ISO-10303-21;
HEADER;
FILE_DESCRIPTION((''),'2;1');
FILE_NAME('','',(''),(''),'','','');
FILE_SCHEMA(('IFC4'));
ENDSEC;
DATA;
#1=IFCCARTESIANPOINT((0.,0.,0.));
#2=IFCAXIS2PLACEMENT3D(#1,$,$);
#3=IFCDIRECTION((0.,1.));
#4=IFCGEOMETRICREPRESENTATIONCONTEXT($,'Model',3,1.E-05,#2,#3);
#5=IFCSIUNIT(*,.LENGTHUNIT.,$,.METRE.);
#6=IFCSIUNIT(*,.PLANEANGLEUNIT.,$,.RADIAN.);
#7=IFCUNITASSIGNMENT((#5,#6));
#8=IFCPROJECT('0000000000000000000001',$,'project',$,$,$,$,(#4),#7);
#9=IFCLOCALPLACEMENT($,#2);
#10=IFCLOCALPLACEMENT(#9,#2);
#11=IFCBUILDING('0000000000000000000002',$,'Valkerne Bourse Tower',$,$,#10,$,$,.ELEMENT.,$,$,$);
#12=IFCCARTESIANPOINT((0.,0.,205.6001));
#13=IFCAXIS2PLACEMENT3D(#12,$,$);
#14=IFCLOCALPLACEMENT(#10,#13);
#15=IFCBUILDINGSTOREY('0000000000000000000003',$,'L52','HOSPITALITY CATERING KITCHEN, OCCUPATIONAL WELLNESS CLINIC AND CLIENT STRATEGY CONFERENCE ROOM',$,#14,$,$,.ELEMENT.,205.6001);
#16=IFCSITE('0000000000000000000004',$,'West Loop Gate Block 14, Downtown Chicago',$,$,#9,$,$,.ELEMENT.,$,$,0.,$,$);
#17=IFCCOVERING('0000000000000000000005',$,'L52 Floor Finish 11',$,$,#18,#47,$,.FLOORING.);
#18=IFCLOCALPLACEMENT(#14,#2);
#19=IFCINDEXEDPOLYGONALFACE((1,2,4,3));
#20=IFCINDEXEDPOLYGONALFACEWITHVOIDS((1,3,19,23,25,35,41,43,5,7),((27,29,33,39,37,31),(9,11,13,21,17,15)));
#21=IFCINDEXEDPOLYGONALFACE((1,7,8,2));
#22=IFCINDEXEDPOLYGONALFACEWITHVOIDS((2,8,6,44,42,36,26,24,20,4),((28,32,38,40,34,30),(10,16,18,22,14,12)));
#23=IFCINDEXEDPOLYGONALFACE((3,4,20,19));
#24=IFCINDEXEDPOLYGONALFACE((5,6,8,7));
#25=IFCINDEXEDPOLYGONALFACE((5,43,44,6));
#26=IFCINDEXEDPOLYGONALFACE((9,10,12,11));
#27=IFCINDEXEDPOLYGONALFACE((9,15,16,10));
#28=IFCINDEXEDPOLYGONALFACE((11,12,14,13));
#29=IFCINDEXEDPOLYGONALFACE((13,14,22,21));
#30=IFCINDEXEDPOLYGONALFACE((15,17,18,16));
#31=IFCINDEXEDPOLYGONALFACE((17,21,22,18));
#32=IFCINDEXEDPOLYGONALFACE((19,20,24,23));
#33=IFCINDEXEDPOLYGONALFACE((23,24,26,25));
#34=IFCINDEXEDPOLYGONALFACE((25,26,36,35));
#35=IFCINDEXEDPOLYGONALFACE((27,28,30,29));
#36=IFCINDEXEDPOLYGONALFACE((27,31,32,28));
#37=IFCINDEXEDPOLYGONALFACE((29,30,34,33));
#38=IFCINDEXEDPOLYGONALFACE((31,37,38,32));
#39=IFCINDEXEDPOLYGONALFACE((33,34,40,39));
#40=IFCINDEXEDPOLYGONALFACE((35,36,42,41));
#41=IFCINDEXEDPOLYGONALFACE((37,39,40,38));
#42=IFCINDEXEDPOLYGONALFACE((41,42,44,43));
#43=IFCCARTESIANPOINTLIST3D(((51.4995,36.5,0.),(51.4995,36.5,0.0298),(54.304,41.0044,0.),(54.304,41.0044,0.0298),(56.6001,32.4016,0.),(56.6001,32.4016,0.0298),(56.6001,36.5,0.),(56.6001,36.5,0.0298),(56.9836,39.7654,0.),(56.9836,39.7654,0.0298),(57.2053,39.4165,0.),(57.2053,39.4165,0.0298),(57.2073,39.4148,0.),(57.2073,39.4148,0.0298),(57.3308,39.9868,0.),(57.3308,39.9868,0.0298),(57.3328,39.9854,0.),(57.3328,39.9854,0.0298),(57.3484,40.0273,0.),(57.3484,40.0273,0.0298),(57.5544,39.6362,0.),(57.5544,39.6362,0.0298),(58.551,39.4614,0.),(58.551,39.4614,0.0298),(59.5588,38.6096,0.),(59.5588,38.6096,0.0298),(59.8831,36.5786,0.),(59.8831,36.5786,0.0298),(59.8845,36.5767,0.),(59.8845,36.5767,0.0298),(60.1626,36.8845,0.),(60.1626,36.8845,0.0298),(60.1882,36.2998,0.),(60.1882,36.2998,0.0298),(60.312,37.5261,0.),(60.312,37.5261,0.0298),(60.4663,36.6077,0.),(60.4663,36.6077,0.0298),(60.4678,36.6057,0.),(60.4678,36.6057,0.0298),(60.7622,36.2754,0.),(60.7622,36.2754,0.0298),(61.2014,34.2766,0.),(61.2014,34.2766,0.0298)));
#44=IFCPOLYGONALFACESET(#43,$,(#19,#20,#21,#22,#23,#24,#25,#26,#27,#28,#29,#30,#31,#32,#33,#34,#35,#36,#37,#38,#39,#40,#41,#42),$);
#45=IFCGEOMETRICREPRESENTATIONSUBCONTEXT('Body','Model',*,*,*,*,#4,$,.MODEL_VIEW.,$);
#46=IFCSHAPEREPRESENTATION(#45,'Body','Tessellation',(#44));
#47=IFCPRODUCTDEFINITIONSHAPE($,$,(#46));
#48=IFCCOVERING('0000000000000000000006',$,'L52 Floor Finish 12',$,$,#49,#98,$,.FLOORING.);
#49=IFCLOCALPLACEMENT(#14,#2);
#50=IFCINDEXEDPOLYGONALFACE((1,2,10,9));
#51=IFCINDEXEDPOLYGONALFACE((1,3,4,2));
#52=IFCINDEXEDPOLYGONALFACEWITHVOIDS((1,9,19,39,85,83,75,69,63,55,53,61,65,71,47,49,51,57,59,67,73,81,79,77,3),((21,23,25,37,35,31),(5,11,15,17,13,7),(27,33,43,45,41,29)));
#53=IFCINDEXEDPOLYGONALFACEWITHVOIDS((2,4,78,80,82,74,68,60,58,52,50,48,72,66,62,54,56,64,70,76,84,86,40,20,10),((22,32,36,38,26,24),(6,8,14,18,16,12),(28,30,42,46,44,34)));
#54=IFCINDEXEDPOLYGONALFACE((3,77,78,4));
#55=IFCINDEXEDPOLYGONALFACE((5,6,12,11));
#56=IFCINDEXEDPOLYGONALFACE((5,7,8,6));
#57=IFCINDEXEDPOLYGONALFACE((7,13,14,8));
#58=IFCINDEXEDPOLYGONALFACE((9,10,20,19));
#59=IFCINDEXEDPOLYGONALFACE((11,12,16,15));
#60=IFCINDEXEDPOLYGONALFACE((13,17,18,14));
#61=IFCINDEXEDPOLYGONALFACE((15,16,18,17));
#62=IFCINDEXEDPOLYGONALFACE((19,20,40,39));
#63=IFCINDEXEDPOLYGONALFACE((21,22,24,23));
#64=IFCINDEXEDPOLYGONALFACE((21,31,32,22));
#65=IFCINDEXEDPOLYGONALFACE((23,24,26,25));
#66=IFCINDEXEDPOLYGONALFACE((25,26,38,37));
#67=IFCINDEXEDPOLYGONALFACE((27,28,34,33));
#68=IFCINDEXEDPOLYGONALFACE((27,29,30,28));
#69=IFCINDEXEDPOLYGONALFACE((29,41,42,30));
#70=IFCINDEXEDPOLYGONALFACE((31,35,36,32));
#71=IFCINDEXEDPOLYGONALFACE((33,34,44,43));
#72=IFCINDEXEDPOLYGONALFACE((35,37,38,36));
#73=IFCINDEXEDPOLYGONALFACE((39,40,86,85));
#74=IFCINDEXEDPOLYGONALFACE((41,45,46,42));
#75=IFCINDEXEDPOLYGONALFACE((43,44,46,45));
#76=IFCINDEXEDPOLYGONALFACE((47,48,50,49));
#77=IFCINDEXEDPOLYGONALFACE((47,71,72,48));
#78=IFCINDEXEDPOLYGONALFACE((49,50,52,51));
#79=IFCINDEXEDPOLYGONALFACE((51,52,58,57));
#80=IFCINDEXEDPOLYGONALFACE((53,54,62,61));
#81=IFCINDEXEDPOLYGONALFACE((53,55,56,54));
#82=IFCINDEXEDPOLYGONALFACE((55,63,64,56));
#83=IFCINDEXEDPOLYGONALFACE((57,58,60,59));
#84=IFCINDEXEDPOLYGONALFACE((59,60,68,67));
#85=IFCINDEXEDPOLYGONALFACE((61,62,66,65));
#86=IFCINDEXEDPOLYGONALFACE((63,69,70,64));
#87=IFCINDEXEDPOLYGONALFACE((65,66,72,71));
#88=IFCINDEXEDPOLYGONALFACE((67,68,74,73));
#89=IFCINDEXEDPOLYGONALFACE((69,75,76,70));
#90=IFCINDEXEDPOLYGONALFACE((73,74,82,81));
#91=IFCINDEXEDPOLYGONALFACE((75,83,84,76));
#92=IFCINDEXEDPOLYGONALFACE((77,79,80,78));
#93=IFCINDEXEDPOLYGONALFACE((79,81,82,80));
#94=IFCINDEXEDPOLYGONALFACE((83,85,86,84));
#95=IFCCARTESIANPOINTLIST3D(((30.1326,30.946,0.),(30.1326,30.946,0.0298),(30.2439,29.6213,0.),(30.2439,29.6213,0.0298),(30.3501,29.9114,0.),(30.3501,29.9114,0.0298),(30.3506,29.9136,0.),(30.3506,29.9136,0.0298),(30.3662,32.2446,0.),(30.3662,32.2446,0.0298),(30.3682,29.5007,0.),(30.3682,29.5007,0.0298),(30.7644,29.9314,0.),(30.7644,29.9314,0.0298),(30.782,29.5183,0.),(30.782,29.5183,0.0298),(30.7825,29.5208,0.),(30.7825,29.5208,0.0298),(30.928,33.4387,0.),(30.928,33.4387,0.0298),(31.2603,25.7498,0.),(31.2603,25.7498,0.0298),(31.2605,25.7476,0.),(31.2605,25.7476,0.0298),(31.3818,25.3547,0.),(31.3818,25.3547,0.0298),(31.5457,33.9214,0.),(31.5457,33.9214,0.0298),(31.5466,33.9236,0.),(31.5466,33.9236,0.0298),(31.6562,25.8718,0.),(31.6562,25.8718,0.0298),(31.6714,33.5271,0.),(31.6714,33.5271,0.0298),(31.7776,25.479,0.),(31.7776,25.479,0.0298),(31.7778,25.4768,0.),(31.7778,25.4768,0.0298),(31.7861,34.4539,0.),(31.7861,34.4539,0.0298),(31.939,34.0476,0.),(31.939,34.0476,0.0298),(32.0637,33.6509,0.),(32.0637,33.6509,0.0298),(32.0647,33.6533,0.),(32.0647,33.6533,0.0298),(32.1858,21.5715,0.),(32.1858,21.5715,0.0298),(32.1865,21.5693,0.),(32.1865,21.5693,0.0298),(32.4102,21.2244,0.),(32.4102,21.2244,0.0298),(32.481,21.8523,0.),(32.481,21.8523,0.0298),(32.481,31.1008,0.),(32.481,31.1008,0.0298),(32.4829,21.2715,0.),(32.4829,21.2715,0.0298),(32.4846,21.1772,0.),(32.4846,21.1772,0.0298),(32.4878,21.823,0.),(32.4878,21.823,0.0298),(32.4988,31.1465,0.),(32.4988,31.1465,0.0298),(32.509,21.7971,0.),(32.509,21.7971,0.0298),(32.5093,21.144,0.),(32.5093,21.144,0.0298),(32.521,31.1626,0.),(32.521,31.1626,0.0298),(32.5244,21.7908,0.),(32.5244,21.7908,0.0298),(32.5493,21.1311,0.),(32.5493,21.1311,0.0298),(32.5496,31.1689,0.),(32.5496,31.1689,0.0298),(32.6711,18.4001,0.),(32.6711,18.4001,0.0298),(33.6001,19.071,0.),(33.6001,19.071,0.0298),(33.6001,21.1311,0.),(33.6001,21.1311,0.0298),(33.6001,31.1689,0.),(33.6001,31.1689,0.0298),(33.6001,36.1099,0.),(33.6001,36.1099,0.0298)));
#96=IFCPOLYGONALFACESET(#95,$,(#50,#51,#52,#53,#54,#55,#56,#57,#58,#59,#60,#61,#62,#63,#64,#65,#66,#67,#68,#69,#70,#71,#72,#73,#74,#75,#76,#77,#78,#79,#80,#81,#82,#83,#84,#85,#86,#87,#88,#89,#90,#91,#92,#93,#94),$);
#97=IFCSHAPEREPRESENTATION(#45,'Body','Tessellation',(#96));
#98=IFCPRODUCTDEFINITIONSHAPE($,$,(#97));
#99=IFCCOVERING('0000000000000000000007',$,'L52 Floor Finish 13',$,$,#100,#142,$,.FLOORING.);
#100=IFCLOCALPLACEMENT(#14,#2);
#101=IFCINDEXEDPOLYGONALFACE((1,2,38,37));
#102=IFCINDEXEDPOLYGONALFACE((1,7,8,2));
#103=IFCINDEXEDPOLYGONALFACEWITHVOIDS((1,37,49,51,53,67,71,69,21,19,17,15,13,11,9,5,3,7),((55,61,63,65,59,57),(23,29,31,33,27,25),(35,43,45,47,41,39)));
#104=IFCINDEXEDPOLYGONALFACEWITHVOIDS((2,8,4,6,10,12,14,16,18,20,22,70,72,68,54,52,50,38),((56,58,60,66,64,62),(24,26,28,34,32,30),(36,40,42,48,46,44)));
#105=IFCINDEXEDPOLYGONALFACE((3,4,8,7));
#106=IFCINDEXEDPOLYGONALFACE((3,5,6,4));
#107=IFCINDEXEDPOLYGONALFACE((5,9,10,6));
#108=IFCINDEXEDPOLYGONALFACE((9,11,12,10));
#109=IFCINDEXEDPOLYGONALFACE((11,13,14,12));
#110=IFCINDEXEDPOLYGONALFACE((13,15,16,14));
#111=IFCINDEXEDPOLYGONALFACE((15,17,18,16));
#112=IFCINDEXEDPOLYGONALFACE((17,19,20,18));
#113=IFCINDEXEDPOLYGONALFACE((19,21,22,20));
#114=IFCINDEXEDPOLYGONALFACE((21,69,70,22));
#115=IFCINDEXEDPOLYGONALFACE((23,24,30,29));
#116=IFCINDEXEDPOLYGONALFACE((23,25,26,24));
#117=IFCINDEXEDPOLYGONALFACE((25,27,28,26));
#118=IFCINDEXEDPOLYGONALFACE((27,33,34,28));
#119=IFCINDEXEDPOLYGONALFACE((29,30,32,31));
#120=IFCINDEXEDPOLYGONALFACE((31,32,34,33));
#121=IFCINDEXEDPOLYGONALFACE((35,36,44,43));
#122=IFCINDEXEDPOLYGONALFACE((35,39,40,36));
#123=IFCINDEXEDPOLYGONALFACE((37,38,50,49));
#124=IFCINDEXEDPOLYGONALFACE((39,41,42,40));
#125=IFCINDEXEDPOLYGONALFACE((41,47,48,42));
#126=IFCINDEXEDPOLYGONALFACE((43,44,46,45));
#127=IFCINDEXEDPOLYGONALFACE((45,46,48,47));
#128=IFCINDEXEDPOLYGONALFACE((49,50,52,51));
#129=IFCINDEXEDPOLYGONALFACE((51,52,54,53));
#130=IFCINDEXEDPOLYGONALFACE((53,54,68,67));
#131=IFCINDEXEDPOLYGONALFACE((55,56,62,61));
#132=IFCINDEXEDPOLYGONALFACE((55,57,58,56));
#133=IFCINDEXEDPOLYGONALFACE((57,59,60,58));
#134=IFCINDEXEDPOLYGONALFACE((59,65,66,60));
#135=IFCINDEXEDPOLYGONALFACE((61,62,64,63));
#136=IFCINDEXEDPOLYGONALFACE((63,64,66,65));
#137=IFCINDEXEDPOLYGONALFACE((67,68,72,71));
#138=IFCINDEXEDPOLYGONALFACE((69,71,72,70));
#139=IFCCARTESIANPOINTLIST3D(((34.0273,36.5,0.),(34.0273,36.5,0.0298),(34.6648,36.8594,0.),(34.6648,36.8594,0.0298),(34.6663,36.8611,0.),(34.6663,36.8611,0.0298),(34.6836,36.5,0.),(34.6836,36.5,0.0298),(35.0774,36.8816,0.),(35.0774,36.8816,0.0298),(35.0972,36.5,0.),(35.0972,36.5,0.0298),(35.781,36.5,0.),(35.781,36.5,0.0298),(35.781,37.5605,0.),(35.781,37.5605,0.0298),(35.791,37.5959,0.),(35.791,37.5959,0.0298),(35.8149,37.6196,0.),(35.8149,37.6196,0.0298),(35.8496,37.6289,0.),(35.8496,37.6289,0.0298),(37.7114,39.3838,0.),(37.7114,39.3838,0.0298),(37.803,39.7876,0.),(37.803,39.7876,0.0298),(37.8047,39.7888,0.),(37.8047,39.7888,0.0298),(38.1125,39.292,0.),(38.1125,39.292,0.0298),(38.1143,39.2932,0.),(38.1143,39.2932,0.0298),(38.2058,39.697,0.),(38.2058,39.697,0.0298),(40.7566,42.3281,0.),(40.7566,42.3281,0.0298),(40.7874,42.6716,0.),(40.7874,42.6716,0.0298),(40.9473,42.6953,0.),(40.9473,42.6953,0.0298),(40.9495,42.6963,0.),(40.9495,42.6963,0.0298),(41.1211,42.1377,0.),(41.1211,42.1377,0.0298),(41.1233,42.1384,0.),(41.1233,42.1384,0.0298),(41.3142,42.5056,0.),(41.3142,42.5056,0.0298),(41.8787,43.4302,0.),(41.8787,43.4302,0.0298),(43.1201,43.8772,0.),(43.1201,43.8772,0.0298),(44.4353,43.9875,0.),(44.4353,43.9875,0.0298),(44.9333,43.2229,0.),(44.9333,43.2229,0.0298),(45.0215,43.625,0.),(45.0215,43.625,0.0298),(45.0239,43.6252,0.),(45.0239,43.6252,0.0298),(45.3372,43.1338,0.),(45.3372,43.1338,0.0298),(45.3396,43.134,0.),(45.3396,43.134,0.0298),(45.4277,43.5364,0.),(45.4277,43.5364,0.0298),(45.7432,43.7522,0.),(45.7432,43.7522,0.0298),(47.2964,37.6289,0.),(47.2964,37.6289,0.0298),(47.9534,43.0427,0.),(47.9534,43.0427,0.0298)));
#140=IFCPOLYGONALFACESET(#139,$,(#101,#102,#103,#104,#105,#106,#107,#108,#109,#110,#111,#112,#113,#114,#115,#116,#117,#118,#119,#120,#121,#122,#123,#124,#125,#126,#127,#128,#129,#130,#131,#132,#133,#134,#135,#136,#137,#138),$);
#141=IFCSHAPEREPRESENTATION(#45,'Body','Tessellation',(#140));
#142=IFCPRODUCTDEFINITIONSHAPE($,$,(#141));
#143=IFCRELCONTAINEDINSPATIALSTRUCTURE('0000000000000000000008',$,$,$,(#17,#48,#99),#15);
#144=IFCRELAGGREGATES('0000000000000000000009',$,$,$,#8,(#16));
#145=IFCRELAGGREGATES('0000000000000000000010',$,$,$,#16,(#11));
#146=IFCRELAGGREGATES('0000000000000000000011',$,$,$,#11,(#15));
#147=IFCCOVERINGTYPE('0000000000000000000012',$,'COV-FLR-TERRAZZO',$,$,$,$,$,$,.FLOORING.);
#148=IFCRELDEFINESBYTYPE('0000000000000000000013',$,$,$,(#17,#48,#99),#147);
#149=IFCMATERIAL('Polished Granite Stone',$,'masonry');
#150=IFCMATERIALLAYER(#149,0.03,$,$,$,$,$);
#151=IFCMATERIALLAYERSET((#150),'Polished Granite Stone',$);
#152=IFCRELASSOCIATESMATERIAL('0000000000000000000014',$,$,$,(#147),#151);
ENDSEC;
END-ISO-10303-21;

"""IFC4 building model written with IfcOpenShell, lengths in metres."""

from ifc_helpers import new_model, si_unit, direction, frame, origin, place, context, subcontext, project, spatial, polyline, outline, extrude, material, layer, layer_set, type_object, element, save


model = new_model("IFC4")

# Units and contexts
model_context = context("Model", 3, precision=1e-05, world=origin(), true_north=direction((0.0, 1.0)))
body_context = subcontext(model_context, "Body", "Model", "MODEL_VIEW")
ifc_project = project(units=[si_unit("LENGTHUNIT", "METRE"), si_unit("PLANEANGLEUNIT", "RADIAN")], contexts=[model_context])

# Site, building, storey
site_placement = place(None, origin())
site = spatial("IfcSite", under=ifc_project, at=site_placement, Name="West Loop Gate Block 14, Downtown Chicago", CompositionType="ELEMENT", RefElevation=0.0)
building_placement = place(site_placement, origin())
building = spatial("IfcBuilding", under=site, at=building_placement, Name="Valkerne Bourse Tower", CompositionType="ELEMENT")
storey_placement = place(building_placement, frame((0.0, 0.0, 205.6001)))
storey = spatial("IfcBuildingStorey", under=building, at=storey_placement, Name="L52", Description="HOSPITALITY CATERING KITCHEN, OCCUPATIONAL WELLNESS CLINIC AND CLIENT STRATEGY CONFERENCE ROOM", CompositionType="ELEMENT", Elevation=205.6001)

# Coverings
ifc_material_1 = material(Name="Polished Granite Stone", Category="masonry")
ifc_layer_1 = layer(ifc_material_1, 0.03)
ifc_layer_set_1 = layer_set([ifc_layer_1], Name="Polished Granite Stone")
covering_type_1 = type_object("IfcCoveringType", Name="COV-FLR-TERRAZZO", PredefinedType="FLOORING", material=ifc_layer_set_1)
covering_1_placement = place(storey_placement, origin())
element("IfcCovering", 1, at=covering_1_placement, inside=storey, type_object=covering_type_1, Name="L52 Floor Finish 11", PredefinedType="FLOORING", context=body_context, shape_type="SweptSolid", body=[
    extrude(outline(polyline([(59.5588, 38.6096), (60.312, 37.5261), (60.7622, 36.2754), (61.2014, 34.2766), (56.6001, 32.4016), (56.6001, 36.5), (51.4995, 36.5), (54.304, 41.0044), (57.3484, 40.0273), (58.551, 39.4614), (59.5588, 38.6096)]), holes=[polyline([(60.4663, 36.6077), (60.1626, 36.8845), (59.8831, 36.5786), (59.8845, 36.5767), (60.1882, 36.2998), (60.4678, 36.6057), (60.4663, 36.6077)]), polyline([(57.3328, 39.9854), (57.3308, 39.9868), (56.9836, 39.7654), (57.2053, 39.4165), (57.2073, 39.4148), (57.5544, 39.6362), (57.3328, 39.9854)])]), origin(), (0.0, 0.0, 1.0), 0.0298),
])
covering_2_placement = place(storey_placement, origin())
element("IfcCovering", 2, at=covering_2_placement, inside=storey, type_object=covering_type_1, Name="L52 Floor Finish 12", PredefinedType="FLOORING", context=body_context, shape_type="SweptSolid", body=[
    extrude(outline(polyline([(30.3662, 32.2446), (30.928, 33.4387), (31.7861, 34.4539), (33.6001, 36.1099), (33.6001, 31.1689), (32.5496, 31.1689), (32.521, 31.1626), (32.4988, 31.1465), (32.481, 31.1008), (32.481, 21.8523), (32.4878, 21.823), (32.509, 21.7971), (32.5244, 21.7908), (32.1858, 21.5715), (32.1865, 21.5693), (32.4102, 21.2244), (32.4829, 21.2715), (32.4846, 21.1772), (32.5093, 21.144), (32.5493, 21.1311), (33.6001, 21.1311), (33.6001, 19.071), (32.6711, 18.4001), (30.2439, 29.6213), (30.1326, 30.946), (30.3662, 32.2446)]), holes=[polyline([(31.7776, 25.479), (31.6562, 25.8718), (31.2603, 25.7498), (31.2605, 25.7476), (31.3818, 25.3547), (31.7778, 25.4768), (31.7776, 25.479)]), polyline([(30.7825, 29.5208), (30.7644, 29.9314), (30.3506, 29.9136), (30.3501, 29.9114), (30.3682, 29.5007), (30.782, 29.5183), (30.7825, 29.5208)]), polyline([(32.0647, 33.6533), (31.939, 34.0476), (31.5466, 33.9236), (31.5457, 33.9214), (31.6714, 33.5271), (32.0637, 33.6509), (32.0647, 33.6533)])]), origin(), (0.0, 0.0, 1.0), 0.0298),
])
covering_3_placement = place(storey_placement, origin())
element("IfcCovering", 3, at=covering_3_placement, inside=storey, type_object=covering_type_1, Name="L52 Floor Finish 13", PredefinedType="FLOORING", context=body_context, shape_type="SweptSolid", body=[
    extrude(outline(polyline([(40.7874, 42.6716), (41.8787, 43.4302), (43.1201, 43.8772), (44.4353, 43.9875), (45.7432, 43.7522), (47.9534, 43.0427), (47.2964, 37.6289), (35.8496, 37.6289), (35.8149, 37.6196), (35.791, 37.5959), (35.781, 37.5605), (35.781, 36.5), (35.0972, 36.5), (35.0774, 36.8816), (34.6663, 36.8611), (34.6648, 36.8594), (34.6836, 36.5), (34.0273, 36.5), (40.7874, 42.6716)]), holes=[polyline([(38.1143, 39.2932), (38.2058, 39.697), (37.8047, 39.7888), (37.803, 39.7876), (37.7114, 39.3838), (38.1125, 39.292), (38.1143, 39.2932)]), polyline([(41.1233, 42.1384), (41.3142, 42.5056), (40.9495, 42.6963), (40.9473, 42.6953), (40.7566, 42.3281), (41.1211, 42.1377), (41.1233, 42.1384)]), polyline([(45.4277, 43.5364), (45.0239, 43.6252), (45.0215, 43.625), (44.9333, 43.2229), (45.3372, 43.1338), (45.3396, 43.134), (45.4277, 43.5364)])]), origin(), (0.0, 0.0, 1.0), 0.0298),
])

save(model, "model.ifc")
